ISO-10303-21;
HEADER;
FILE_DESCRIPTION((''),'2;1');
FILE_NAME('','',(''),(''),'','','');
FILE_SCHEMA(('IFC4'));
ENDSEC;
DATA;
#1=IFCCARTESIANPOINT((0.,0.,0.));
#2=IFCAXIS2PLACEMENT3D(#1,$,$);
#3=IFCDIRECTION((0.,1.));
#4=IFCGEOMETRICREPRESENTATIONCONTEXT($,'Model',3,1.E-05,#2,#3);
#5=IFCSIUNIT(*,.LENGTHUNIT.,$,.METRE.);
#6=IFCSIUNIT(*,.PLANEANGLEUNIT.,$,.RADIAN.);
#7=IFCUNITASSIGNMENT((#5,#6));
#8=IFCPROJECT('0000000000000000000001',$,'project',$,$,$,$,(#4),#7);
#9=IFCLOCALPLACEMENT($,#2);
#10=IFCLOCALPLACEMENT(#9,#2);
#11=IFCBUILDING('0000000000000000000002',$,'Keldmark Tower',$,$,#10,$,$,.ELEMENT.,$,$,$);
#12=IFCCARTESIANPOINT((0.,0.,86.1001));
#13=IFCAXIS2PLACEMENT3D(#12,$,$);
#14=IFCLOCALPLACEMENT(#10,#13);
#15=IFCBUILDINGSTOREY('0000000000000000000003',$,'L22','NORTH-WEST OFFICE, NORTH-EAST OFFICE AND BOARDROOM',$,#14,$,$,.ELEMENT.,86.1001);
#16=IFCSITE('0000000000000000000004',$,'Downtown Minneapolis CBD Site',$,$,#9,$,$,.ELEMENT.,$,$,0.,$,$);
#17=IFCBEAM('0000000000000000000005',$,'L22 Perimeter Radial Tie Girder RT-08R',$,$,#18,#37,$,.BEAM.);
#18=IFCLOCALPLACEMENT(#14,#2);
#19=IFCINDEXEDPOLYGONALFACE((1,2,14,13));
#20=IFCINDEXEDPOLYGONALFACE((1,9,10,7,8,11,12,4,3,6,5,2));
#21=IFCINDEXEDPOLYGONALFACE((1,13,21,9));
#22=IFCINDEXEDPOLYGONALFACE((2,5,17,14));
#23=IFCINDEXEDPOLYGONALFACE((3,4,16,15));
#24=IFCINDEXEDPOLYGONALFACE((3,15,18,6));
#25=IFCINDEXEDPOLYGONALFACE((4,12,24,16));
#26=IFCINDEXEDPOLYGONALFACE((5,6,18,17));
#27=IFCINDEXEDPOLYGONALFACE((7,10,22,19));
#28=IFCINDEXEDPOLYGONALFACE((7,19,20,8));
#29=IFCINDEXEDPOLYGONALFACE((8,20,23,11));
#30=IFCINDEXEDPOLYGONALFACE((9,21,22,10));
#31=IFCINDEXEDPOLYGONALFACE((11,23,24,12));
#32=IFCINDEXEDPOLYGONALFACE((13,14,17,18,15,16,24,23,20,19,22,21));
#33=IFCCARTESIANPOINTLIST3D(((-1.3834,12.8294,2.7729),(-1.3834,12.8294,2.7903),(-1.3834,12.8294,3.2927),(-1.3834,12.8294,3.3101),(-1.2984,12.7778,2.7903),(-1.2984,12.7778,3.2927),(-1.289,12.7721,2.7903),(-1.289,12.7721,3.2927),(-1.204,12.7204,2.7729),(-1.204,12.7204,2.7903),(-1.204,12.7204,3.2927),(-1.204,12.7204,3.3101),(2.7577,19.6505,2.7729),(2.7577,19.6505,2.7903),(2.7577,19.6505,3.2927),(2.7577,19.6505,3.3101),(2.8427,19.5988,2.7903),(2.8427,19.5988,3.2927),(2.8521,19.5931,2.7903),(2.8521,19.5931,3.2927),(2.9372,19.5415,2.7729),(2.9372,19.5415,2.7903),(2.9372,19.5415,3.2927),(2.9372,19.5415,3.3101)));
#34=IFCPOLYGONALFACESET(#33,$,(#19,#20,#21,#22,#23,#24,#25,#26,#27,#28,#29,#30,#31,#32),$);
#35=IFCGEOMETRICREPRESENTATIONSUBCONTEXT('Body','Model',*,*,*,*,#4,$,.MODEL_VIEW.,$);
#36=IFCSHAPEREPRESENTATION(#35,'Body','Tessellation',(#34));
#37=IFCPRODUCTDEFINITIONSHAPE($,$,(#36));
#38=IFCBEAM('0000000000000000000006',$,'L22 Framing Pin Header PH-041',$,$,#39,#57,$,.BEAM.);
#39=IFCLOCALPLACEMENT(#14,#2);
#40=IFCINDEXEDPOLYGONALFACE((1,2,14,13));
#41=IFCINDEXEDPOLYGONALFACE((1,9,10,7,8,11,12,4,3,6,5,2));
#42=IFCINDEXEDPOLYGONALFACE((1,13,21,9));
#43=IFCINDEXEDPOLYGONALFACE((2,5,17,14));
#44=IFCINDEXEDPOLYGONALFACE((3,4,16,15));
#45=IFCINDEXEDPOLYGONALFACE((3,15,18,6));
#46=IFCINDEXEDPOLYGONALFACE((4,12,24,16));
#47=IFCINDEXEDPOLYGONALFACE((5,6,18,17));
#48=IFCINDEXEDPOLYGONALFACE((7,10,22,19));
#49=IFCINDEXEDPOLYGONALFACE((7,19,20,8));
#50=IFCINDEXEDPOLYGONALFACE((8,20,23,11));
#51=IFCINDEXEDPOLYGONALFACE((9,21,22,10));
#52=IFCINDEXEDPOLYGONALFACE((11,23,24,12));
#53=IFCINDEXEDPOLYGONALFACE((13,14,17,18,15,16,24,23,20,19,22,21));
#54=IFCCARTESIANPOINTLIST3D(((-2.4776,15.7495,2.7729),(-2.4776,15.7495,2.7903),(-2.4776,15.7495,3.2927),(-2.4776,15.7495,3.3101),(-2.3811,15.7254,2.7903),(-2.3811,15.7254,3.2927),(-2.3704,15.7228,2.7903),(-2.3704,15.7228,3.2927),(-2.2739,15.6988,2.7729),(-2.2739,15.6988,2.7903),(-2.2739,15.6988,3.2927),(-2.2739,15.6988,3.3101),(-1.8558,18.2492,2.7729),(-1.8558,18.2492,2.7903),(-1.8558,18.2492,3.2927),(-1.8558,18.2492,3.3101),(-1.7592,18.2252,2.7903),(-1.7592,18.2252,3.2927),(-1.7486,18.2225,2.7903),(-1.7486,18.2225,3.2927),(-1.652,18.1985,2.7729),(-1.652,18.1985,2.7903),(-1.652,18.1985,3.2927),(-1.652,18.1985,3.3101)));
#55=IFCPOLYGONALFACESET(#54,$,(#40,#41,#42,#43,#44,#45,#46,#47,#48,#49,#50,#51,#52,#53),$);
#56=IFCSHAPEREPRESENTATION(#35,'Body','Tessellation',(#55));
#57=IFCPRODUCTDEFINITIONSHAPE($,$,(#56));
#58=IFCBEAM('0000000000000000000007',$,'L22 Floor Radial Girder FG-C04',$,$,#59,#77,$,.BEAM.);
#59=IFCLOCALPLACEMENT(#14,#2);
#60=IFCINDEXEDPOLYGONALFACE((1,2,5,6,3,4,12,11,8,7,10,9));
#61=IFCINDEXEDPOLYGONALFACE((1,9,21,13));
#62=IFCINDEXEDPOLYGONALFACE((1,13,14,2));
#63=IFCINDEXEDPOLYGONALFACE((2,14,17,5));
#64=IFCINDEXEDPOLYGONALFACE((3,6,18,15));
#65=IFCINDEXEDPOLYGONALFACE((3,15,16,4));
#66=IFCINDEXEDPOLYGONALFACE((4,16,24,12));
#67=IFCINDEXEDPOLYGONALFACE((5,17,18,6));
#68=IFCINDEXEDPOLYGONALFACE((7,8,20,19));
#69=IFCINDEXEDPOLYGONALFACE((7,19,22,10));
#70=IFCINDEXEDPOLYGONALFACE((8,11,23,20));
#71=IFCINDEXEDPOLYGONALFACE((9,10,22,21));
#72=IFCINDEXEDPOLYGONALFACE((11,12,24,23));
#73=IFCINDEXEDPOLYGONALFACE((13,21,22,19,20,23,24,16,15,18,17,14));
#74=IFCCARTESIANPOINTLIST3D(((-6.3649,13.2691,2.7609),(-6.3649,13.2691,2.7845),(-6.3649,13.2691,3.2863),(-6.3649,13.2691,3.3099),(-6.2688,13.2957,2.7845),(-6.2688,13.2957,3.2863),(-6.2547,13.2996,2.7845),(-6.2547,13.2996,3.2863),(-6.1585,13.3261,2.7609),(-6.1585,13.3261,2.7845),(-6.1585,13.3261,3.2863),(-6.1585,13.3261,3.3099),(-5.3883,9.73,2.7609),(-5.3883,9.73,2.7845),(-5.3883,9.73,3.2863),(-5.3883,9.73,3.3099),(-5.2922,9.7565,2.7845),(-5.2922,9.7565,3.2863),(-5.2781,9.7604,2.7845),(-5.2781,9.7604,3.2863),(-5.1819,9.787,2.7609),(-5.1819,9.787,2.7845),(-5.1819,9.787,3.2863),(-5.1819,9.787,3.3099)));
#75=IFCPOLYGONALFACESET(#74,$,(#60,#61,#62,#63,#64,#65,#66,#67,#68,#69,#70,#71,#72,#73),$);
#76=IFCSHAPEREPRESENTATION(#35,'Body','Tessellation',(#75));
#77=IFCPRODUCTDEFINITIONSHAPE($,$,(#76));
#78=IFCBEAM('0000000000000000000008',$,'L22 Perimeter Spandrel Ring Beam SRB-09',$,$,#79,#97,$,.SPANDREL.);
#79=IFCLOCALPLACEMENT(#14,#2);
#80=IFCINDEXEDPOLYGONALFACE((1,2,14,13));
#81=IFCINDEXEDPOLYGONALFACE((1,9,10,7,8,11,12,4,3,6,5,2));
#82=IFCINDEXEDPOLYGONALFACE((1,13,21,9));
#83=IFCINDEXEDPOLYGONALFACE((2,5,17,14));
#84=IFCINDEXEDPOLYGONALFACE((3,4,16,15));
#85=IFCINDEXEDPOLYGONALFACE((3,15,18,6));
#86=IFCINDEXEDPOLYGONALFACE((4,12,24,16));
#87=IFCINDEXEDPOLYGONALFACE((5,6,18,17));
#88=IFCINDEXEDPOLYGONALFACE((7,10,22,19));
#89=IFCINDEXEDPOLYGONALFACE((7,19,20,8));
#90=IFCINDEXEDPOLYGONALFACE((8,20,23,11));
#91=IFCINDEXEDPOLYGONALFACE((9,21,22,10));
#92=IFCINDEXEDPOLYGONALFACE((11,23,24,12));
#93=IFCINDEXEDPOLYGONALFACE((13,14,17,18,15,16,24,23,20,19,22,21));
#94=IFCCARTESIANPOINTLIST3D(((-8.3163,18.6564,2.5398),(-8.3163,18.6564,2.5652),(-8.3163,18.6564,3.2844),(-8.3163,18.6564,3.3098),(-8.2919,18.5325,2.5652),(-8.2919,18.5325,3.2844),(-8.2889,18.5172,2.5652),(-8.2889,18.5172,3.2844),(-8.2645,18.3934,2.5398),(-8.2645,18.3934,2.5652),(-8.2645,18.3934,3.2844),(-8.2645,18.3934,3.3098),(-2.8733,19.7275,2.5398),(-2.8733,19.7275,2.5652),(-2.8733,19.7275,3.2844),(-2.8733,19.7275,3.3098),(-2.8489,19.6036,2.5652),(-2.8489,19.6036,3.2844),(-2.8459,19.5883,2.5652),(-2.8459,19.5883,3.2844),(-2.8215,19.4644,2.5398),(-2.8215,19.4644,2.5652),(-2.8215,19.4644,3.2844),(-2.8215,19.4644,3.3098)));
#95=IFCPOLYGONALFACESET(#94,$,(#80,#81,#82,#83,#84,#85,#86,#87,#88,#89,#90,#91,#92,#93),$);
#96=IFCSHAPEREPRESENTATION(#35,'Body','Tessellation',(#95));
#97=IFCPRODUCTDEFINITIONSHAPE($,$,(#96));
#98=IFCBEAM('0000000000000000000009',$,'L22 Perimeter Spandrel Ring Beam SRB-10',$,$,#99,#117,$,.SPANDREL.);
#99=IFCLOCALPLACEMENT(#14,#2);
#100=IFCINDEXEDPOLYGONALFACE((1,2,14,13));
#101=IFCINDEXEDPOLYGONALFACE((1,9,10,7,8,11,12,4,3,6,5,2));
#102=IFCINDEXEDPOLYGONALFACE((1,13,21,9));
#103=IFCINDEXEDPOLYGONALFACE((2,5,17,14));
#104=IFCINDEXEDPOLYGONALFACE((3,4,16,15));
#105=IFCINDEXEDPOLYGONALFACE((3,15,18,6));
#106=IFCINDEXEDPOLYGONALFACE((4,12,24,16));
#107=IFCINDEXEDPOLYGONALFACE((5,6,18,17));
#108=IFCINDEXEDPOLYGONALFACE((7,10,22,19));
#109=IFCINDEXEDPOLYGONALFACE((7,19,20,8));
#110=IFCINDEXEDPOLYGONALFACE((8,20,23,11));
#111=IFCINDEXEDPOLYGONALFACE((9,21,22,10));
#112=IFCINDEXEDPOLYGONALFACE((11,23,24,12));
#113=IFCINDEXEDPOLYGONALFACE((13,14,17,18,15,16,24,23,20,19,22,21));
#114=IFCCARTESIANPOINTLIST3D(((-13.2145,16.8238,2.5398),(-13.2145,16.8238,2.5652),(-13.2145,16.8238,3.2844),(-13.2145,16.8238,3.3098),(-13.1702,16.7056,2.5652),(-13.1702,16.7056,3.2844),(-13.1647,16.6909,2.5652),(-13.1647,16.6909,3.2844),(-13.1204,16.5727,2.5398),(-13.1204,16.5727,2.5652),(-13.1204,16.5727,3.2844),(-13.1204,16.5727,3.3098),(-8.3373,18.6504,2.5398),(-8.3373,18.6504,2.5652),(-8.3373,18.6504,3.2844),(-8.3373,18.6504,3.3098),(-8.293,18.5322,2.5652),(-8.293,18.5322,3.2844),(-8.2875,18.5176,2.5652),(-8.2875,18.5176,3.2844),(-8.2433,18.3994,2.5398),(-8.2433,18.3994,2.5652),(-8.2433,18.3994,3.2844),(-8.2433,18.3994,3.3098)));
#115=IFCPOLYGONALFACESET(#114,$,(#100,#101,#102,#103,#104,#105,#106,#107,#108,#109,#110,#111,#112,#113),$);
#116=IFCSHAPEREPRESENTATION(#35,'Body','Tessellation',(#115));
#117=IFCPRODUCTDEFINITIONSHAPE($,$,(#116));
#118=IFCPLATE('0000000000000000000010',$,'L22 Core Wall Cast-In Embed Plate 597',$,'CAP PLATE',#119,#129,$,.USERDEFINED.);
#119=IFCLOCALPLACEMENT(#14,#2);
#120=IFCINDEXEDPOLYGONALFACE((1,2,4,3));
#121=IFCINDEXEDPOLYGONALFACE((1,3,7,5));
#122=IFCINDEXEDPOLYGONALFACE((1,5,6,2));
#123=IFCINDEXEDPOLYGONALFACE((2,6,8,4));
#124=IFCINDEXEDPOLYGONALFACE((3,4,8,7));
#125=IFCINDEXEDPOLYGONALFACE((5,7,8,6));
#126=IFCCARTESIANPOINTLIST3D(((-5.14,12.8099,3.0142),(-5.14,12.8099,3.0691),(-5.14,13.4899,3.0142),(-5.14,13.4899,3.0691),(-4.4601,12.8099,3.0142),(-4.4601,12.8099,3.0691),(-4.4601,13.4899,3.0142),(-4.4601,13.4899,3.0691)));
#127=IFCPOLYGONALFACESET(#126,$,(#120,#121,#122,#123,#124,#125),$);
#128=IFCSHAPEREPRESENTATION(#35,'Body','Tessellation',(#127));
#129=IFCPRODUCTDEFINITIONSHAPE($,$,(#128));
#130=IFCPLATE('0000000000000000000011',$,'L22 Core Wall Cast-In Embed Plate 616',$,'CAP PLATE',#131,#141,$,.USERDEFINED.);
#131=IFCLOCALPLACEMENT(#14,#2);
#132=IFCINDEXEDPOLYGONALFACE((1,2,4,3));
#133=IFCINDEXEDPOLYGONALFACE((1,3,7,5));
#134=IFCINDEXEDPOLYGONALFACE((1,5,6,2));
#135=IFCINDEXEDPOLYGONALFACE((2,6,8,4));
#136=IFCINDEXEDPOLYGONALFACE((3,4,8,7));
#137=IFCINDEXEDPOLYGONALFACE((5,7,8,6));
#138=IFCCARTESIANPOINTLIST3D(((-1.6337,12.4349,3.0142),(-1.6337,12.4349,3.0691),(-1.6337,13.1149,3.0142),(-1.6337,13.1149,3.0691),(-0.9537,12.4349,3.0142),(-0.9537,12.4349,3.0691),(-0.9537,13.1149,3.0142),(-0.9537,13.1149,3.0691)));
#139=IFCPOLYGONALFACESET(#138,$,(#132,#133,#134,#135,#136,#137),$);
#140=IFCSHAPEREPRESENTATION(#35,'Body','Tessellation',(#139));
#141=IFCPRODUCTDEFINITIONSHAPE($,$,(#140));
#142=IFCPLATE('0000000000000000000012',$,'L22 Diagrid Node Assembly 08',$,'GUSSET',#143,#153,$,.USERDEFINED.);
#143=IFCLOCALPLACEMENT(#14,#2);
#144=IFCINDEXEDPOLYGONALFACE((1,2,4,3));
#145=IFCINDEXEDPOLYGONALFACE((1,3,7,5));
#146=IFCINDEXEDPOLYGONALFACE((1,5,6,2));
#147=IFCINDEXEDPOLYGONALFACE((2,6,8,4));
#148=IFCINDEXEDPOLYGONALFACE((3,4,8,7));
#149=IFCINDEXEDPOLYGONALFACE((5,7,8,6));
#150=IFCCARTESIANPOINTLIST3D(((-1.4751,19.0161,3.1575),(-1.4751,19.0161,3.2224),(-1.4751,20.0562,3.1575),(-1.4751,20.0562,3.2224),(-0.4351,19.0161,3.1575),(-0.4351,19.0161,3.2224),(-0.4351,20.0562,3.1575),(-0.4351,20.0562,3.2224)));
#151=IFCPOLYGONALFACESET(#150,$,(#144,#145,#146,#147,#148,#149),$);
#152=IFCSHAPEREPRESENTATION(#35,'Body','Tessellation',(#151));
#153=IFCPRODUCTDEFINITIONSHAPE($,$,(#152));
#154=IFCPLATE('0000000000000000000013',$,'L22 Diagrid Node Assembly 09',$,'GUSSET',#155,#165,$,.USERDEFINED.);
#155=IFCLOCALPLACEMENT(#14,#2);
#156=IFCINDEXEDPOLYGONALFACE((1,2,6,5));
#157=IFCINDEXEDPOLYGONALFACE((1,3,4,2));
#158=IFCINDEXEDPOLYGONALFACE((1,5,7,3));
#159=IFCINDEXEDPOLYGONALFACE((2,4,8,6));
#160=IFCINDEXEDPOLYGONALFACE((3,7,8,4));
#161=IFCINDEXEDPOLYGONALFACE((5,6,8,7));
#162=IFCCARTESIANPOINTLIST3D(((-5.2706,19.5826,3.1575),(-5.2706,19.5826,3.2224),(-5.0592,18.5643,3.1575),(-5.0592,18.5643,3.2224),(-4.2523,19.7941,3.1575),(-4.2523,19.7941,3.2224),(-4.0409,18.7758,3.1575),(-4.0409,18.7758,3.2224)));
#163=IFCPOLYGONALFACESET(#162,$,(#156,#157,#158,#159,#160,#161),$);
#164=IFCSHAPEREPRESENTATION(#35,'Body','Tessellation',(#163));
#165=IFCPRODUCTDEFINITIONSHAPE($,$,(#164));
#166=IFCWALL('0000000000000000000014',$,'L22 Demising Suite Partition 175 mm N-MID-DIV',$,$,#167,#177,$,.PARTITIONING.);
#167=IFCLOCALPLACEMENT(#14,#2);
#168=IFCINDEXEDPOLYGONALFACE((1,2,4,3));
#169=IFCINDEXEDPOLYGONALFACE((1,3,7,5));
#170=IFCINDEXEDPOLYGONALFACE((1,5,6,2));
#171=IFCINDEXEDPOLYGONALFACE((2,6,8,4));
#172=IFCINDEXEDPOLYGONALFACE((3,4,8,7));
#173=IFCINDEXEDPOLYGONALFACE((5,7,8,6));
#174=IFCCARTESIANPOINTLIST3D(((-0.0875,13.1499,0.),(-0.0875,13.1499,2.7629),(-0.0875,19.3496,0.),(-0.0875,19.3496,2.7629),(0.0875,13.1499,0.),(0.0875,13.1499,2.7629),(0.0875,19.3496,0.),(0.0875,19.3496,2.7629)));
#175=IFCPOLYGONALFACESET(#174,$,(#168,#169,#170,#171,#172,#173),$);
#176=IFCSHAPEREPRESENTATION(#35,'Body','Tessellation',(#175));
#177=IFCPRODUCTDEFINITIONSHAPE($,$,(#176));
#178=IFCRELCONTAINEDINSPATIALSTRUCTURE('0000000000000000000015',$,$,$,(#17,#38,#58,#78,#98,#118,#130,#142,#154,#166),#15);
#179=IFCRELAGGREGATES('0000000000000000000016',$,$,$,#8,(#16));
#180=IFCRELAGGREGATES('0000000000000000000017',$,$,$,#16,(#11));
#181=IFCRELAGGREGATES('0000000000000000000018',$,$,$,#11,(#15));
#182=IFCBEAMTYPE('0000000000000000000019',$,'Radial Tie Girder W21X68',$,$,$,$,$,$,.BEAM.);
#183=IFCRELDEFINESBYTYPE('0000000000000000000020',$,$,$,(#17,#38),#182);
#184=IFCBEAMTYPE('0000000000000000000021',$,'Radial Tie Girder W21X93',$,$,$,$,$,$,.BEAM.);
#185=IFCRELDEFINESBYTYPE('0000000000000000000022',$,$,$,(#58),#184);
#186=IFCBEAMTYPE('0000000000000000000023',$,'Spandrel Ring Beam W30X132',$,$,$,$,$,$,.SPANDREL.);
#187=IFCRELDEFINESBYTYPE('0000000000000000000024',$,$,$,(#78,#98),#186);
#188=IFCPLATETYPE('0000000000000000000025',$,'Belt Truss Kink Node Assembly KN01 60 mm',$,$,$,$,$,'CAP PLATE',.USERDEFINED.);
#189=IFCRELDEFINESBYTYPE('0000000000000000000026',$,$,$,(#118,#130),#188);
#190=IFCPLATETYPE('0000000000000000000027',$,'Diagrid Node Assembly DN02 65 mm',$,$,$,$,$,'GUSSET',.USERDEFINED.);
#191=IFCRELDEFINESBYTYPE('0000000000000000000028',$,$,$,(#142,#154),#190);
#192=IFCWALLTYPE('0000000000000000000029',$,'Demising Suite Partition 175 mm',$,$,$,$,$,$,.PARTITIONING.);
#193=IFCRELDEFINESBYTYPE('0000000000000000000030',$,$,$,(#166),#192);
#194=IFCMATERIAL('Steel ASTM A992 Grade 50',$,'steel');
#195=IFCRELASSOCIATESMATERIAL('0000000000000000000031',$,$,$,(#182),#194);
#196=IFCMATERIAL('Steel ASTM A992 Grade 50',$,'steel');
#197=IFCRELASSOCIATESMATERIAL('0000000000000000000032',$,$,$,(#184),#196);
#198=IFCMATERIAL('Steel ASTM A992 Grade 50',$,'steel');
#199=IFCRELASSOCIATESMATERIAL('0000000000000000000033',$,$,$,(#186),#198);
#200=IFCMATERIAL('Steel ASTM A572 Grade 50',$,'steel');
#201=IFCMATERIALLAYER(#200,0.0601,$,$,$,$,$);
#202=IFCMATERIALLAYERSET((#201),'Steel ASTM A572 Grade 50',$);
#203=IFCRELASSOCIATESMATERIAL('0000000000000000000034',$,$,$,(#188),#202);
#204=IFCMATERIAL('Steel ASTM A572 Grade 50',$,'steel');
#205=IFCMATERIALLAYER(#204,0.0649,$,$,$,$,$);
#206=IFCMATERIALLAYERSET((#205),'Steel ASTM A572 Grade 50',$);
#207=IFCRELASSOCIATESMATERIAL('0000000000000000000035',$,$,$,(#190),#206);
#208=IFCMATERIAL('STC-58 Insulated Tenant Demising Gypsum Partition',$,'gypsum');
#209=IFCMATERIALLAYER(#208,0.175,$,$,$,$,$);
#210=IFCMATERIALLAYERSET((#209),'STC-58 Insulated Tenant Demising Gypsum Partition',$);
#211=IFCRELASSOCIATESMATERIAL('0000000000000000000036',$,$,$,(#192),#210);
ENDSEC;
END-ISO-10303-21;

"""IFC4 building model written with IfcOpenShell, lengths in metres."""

from ifc_helpers import new_model, si_unit, direction, frame, frame_2d, origin, origin_2d, place, context, subcontext, project, spatial, rectangle, i_section, extrude, material, layer, layer_set, material_profile, profile_set, type_object, element, save


model = new_model("IFC4")

# Units and contexts
model_context = context("Model", 3, precision=1e-05, world=origin(), true_north=direction((0.0, 1.0)))
body_context = subcontext(model_context, "Body", "Model", "MODEL_VIEW")
ifc_project = project(units=[si_unit("LENGTHUNIT", "METRE"), si_unit("PLANEANGLEUNIT", "RADIAN")], contexts=[model_context])

# Site, building, storey
site_placement = place(None, origin())
site = spatial("IfcSite", under=ifc_project, at=site_placement, Name="Downtown Minneapolis CBD Site", CompositionType="ELEMENT", RefElevation=0.0)
building_placement = place(site_placement, origin())
building = spatial("IfcBuilding", under=site, at=building_placement, Name="Keldmark Tower", CompositionType="ELEMENT")
storey_placement = place(building_placement, frame((0.0, 0.0, 86.1001)))
storey = spatial("IfcBuildingStorey", under=building, at=storey_placement, Name="L22", Description="NORTH-WEST OFFICE, NORTH-EAST OFFICE AND BOARDROOM", CompositionType="ELEMENT", Elevation=86.1001)

# Beams
ifc_material_1 = material(Name="Steel ASTM A992 Grade 50", Category="steel")
ifc_material_profile_1 = material_profile(ifc_material_1, i_section(OverallWidth=0.21, OverallDepth=0.5371, WebThickness=0.011, FlangeThickness=0.0173, at=origin_2d()), Name="W21X68")
ifc_profile_set_1 = profile_set([ifc_material_profile_1], Name="Steel ASTM A992 Grade 50")
beam_type_1 = type_object("IfcBeamType", Name="Radial Tie Girder W21X68", PredefinedType="BEAM", material=ifc_profile_set_1)
beam_1_placement = place(storey_placement, frame((-1.2937, 12.7749, 3.0415), z_axis=(0.518957, 0.854801, 0.0), x_axis=(-0.854801, 0.518957, 0.0)))
element("IfcBeam", 1, at=beam_1_placement, inside=storey, type_object=beam_type_1, Name="L22 Perimeter Radial Tie Girder RT-08R", PredefinedType="BEAM", context=body_context, shape_type="SweptSolid", body=[
    extrude(i_section(OverallWidth=0.21, OverallDepth=0.5371, WebThickness=0.011, FlangeThickness=0.0173, at=origin_2d()), origin(), (0.0, 0.0, 1.0), 7.9797),
])
beam_2_placement = place(storey_placement, frame((-2.3757, 15.7241, 3.0415), z_axis=(0.241398, 0.970426, 0.0), x_axis=(-0.970426, 0.241398, 0.0)))
element("IfcBeam", 2, at=beam_2_placement, inside=storey, type_object=beam_type_1, Name="L22 Framing Pin Header PH-041", PredefinedType="BEAM", context=body_context, shape_type="SweptSolid", body=[
    extrude(i_section(OverallWidth=0.21, OverallDepth=0.5371, WebThickness=0.011, FlangeThickness=0.0173, at=origin_2d()), origin(), (0.0, 0.0, 1.0), 2.5759),
])
ifc_material_2 = material(Name="Steel ASTM A992 Grade 50", Category="steel")
ifc_material_profile_2 = material_profile(ifc_material_2, i_section(OverallWidth=0.2141, OverallDepth=0.5491, WebThickness=0.0146, FlangeThickness=0.0237, at=origin_2d()), Name="W21X93")
ifc_profile_set_2 = profile_set([ifc_material_profile_2], Name="Steel ASTM A992 Grade 50")
beam_type_2 = type_object("IfcBeamType", Name="Radial Tie Girder W21X93", PredefinedType="BEAM", material=ifc_profile_set_2)
beam_3_placement = place(storey_placement, frame((-6.2617, 13.2976, 3.0354), z_axis=(0.265997, -0.963974, 0.0), x_axis=(0.963974, 0.265997, 0.0)))
element("IfcBeam", 3, at=beam_3_placement, inside=storey, type_object=beam_type_2, Name="L22 Floor Radial Girder FG-C04", PredefinedType="BEAM", context=body_context, shape_type="SweptSolid", body=[
    extrude(i_section(OverallWidth=0.2141, OverallDepth=0.5491, WebThickness=0.0146, FlangeThickness=0.0237, at=origin_2d()), origin(), (0.0, 0.0, 1.0), 3.6714),
])
ifc_material_3 = material(Name="Steel ASTM A992 Grade 50", Category="steel")
ifc_material_profile_3 = material_profile(ifc_material_3, i_section(OverallWidth=0.2681, OverallDepth=0.77, WebThickness=0.0156, FlangeThickness=0.0254, at=origin_2d()), Name="W30X132")
ifc_profile_set_3 = profile_set([ifc_material_profile_3], Name="Steel ASTM A992 Grade 50")
beam_type_3 = type_object("IfcBeamType", Name="Spandrel Ring Beam W30X132", PredefinedType="SPANDREL", material=ifc_profile_set_3)
beam_4_placement = place(storey_placement, frame((-2.8474, 19.5959, 2.9248), z_axis=(-0.981184, -0.193077, 0.0), x_axis=(0.193077, -0.981184, 0.0)))
element("IfcBeam", 4, at=beam_4_placement, inside=storey, type_object=beam_type_3, Name="L22 Perimeter Spandrel Ring Beam SRB-09", PredefinedType="SPANDREL", context=body_context, shape_type="SweptSolid", body=[
    extrude(i_section(OverallWidth=0.2681, OverallDepth=0.77, WebThickness=0.0156, FlangeThickness=0.0254, at=origin_2d()), origin(), (0.0, 0.0, 1.0), 5.5474),
])
beam_5_placement = place(storey_placement, frame((-8.2903, 18.5249, 2.9248), z_axis=(-0.936474, -0.350738, 0.0), x_axis=(0.350738, -0.936474, 0.0)))
element("IfcBeam", 5, at=beam_5_placement, inside=storey, type_object=beam_type_3, Name="L22 Perimeter Spandrel Ring Beam SRB-10", PredefinedType="SPANDREL", context=body_context, shape_type="SweptSolid", body=[
    extrude(i_section(OverallWidth=0.2681, OverallDepth=0.77, WebThickness=0.0156, FlangeThickness=0.0254, at=origin_2d()), origin(), (0.0, 0.0, 1.0), 5.208),
])

# Plates
ifc_material_4 = material(Name="Steel ASTM A572 Grade 50", Category="steel")
ifc_layer_1 = layer(ifc_material_4, 0.0601)
ifc_layer_set_1 = layer_set([ifc_layer_1], Name="Steel ASTM A572 Grade 50")
plate_type_1 = type_object("IfcPlateType", Name="Belt Truss Kink Node Assembly KN01 60 mm", ElementType="CAP PLATE", PredefinedType="USERDEFINED", material=ifc_layer_set_1)
for number, where, z_axis, x_axis, name in (
    (6, (-4.8, 13.1499, 3.0142), (0.0, 0.0, 1.0), (1.0, 0.0, 0.0), "L22 Core Wall Cast-In Embed Plate 597"),
    (7, (-1.2937, 12.7749, 3.0142), (0.0, 0.0, 1.0), (1.0, 0.0, 0.0), "L22 Core Wall Cast-In Embed Plate 616"),
):
    element("IfcPlate", number, at=place(storey_placement, frame(where, z_axis=z_axis, x_axis=x_axis)), inside=storey, type_object=plate_type_1, Name=name, ObjectType="CAP PLATE", PredefinedType="USERDEFINED", context=body_context, shape_type="SweptSolid", body=[
        extrude(rectangle(XDim=0.6799, YDim=0.6799, at=origin_2d()), origin(), (0.0, 0.0, 1.0), 0.0549),
    ])
ifc_material_5 = material(Name="Steel ASTM A572 Grade 50", Category="steel")
ifc_layer_2 = layer(ifc_material_5, 0.0649)
ifc_layer_set_2 = layer_set([ifc_layer_2], Name="Steel ASTM A572 Grade 50")
plate_type_2 = type_object("IfcPlateType", Name="Diagrid Node Assembly DN02 65 mm", ElementType="GUSSET", PredefinedType="USERDEFINED", material=ifc_layer_set_2)
for number, where, z_axis, x_axis, name in (
    (8, (-0.9551, 19.5361, 3.1575), (0.0, 0.0, 1.0), (-1.0, 0.0, 0.0), "L22 Diagrid Node Assembly 08"),
    (9, (-4.6558, 19.1792, 3.1575), (0.0, 0.0, 1.0), (-0.979116, -0.2033, 0.0), "L22 Diagrid Node Assembly 09"),
):
    element("IfcPlate", number, at=place(storey_placement, frame(where, z_axis=z_axis, x_axis=x_axis)), inside=storey, type_object=plate_type_2, Name=name, ObjectType="GUSSET", PredefinedType="USERDEFINED", context=body_context, shape_type="SweptSolid", body=[
        extrude(rectangle(XDim=1.04, YDim=1.04, at=origin_2d()), origin(), (0.0, 0.0, 1.0), 0.0649),
    ])

# Wall
ifc_material_6 = material(Name="STC-58 Insulated Tenant Demising Gypsum Partition", Category="gypsum")
ifc_layer_3 = layer(ifc_material_6, 0.175)
ifc_layer_set_3 = layer_set([ifc_layer_3], Name="STC-58 Insulated Tenant Demising Gypsum Partition")
wall_type_1 = type_object("IfcWallType", Name="Demising Suite Partition 175 mm", PredefinedType="PARTITIONING", material=ifc_layer_set_3)
wall_1_placement = place(storey_placement, frame((0.0, 13.1499, 0.0), z_axis=(0.0, 0.0, 1.0), x_axis=(0.0, 1.0, 0.0)))
element("IfcWall", 10, at=wall_1_placement, inside=storey, type_object=wall_type_1, Name="L22 Demising Suite Partition 175 mm N-MID-DIV", PredefinedType="PARTITIONING", context=body_context, shape_type="SweptSolid", body=[
    extrude(rectangle(XDim=6.1997, YDim=0.175, at=frame_2d((3.0999, 0.0))), origin(), (0.0, 0.0, 1.0), 2.7629),
])

save(model, "model.ifc")
